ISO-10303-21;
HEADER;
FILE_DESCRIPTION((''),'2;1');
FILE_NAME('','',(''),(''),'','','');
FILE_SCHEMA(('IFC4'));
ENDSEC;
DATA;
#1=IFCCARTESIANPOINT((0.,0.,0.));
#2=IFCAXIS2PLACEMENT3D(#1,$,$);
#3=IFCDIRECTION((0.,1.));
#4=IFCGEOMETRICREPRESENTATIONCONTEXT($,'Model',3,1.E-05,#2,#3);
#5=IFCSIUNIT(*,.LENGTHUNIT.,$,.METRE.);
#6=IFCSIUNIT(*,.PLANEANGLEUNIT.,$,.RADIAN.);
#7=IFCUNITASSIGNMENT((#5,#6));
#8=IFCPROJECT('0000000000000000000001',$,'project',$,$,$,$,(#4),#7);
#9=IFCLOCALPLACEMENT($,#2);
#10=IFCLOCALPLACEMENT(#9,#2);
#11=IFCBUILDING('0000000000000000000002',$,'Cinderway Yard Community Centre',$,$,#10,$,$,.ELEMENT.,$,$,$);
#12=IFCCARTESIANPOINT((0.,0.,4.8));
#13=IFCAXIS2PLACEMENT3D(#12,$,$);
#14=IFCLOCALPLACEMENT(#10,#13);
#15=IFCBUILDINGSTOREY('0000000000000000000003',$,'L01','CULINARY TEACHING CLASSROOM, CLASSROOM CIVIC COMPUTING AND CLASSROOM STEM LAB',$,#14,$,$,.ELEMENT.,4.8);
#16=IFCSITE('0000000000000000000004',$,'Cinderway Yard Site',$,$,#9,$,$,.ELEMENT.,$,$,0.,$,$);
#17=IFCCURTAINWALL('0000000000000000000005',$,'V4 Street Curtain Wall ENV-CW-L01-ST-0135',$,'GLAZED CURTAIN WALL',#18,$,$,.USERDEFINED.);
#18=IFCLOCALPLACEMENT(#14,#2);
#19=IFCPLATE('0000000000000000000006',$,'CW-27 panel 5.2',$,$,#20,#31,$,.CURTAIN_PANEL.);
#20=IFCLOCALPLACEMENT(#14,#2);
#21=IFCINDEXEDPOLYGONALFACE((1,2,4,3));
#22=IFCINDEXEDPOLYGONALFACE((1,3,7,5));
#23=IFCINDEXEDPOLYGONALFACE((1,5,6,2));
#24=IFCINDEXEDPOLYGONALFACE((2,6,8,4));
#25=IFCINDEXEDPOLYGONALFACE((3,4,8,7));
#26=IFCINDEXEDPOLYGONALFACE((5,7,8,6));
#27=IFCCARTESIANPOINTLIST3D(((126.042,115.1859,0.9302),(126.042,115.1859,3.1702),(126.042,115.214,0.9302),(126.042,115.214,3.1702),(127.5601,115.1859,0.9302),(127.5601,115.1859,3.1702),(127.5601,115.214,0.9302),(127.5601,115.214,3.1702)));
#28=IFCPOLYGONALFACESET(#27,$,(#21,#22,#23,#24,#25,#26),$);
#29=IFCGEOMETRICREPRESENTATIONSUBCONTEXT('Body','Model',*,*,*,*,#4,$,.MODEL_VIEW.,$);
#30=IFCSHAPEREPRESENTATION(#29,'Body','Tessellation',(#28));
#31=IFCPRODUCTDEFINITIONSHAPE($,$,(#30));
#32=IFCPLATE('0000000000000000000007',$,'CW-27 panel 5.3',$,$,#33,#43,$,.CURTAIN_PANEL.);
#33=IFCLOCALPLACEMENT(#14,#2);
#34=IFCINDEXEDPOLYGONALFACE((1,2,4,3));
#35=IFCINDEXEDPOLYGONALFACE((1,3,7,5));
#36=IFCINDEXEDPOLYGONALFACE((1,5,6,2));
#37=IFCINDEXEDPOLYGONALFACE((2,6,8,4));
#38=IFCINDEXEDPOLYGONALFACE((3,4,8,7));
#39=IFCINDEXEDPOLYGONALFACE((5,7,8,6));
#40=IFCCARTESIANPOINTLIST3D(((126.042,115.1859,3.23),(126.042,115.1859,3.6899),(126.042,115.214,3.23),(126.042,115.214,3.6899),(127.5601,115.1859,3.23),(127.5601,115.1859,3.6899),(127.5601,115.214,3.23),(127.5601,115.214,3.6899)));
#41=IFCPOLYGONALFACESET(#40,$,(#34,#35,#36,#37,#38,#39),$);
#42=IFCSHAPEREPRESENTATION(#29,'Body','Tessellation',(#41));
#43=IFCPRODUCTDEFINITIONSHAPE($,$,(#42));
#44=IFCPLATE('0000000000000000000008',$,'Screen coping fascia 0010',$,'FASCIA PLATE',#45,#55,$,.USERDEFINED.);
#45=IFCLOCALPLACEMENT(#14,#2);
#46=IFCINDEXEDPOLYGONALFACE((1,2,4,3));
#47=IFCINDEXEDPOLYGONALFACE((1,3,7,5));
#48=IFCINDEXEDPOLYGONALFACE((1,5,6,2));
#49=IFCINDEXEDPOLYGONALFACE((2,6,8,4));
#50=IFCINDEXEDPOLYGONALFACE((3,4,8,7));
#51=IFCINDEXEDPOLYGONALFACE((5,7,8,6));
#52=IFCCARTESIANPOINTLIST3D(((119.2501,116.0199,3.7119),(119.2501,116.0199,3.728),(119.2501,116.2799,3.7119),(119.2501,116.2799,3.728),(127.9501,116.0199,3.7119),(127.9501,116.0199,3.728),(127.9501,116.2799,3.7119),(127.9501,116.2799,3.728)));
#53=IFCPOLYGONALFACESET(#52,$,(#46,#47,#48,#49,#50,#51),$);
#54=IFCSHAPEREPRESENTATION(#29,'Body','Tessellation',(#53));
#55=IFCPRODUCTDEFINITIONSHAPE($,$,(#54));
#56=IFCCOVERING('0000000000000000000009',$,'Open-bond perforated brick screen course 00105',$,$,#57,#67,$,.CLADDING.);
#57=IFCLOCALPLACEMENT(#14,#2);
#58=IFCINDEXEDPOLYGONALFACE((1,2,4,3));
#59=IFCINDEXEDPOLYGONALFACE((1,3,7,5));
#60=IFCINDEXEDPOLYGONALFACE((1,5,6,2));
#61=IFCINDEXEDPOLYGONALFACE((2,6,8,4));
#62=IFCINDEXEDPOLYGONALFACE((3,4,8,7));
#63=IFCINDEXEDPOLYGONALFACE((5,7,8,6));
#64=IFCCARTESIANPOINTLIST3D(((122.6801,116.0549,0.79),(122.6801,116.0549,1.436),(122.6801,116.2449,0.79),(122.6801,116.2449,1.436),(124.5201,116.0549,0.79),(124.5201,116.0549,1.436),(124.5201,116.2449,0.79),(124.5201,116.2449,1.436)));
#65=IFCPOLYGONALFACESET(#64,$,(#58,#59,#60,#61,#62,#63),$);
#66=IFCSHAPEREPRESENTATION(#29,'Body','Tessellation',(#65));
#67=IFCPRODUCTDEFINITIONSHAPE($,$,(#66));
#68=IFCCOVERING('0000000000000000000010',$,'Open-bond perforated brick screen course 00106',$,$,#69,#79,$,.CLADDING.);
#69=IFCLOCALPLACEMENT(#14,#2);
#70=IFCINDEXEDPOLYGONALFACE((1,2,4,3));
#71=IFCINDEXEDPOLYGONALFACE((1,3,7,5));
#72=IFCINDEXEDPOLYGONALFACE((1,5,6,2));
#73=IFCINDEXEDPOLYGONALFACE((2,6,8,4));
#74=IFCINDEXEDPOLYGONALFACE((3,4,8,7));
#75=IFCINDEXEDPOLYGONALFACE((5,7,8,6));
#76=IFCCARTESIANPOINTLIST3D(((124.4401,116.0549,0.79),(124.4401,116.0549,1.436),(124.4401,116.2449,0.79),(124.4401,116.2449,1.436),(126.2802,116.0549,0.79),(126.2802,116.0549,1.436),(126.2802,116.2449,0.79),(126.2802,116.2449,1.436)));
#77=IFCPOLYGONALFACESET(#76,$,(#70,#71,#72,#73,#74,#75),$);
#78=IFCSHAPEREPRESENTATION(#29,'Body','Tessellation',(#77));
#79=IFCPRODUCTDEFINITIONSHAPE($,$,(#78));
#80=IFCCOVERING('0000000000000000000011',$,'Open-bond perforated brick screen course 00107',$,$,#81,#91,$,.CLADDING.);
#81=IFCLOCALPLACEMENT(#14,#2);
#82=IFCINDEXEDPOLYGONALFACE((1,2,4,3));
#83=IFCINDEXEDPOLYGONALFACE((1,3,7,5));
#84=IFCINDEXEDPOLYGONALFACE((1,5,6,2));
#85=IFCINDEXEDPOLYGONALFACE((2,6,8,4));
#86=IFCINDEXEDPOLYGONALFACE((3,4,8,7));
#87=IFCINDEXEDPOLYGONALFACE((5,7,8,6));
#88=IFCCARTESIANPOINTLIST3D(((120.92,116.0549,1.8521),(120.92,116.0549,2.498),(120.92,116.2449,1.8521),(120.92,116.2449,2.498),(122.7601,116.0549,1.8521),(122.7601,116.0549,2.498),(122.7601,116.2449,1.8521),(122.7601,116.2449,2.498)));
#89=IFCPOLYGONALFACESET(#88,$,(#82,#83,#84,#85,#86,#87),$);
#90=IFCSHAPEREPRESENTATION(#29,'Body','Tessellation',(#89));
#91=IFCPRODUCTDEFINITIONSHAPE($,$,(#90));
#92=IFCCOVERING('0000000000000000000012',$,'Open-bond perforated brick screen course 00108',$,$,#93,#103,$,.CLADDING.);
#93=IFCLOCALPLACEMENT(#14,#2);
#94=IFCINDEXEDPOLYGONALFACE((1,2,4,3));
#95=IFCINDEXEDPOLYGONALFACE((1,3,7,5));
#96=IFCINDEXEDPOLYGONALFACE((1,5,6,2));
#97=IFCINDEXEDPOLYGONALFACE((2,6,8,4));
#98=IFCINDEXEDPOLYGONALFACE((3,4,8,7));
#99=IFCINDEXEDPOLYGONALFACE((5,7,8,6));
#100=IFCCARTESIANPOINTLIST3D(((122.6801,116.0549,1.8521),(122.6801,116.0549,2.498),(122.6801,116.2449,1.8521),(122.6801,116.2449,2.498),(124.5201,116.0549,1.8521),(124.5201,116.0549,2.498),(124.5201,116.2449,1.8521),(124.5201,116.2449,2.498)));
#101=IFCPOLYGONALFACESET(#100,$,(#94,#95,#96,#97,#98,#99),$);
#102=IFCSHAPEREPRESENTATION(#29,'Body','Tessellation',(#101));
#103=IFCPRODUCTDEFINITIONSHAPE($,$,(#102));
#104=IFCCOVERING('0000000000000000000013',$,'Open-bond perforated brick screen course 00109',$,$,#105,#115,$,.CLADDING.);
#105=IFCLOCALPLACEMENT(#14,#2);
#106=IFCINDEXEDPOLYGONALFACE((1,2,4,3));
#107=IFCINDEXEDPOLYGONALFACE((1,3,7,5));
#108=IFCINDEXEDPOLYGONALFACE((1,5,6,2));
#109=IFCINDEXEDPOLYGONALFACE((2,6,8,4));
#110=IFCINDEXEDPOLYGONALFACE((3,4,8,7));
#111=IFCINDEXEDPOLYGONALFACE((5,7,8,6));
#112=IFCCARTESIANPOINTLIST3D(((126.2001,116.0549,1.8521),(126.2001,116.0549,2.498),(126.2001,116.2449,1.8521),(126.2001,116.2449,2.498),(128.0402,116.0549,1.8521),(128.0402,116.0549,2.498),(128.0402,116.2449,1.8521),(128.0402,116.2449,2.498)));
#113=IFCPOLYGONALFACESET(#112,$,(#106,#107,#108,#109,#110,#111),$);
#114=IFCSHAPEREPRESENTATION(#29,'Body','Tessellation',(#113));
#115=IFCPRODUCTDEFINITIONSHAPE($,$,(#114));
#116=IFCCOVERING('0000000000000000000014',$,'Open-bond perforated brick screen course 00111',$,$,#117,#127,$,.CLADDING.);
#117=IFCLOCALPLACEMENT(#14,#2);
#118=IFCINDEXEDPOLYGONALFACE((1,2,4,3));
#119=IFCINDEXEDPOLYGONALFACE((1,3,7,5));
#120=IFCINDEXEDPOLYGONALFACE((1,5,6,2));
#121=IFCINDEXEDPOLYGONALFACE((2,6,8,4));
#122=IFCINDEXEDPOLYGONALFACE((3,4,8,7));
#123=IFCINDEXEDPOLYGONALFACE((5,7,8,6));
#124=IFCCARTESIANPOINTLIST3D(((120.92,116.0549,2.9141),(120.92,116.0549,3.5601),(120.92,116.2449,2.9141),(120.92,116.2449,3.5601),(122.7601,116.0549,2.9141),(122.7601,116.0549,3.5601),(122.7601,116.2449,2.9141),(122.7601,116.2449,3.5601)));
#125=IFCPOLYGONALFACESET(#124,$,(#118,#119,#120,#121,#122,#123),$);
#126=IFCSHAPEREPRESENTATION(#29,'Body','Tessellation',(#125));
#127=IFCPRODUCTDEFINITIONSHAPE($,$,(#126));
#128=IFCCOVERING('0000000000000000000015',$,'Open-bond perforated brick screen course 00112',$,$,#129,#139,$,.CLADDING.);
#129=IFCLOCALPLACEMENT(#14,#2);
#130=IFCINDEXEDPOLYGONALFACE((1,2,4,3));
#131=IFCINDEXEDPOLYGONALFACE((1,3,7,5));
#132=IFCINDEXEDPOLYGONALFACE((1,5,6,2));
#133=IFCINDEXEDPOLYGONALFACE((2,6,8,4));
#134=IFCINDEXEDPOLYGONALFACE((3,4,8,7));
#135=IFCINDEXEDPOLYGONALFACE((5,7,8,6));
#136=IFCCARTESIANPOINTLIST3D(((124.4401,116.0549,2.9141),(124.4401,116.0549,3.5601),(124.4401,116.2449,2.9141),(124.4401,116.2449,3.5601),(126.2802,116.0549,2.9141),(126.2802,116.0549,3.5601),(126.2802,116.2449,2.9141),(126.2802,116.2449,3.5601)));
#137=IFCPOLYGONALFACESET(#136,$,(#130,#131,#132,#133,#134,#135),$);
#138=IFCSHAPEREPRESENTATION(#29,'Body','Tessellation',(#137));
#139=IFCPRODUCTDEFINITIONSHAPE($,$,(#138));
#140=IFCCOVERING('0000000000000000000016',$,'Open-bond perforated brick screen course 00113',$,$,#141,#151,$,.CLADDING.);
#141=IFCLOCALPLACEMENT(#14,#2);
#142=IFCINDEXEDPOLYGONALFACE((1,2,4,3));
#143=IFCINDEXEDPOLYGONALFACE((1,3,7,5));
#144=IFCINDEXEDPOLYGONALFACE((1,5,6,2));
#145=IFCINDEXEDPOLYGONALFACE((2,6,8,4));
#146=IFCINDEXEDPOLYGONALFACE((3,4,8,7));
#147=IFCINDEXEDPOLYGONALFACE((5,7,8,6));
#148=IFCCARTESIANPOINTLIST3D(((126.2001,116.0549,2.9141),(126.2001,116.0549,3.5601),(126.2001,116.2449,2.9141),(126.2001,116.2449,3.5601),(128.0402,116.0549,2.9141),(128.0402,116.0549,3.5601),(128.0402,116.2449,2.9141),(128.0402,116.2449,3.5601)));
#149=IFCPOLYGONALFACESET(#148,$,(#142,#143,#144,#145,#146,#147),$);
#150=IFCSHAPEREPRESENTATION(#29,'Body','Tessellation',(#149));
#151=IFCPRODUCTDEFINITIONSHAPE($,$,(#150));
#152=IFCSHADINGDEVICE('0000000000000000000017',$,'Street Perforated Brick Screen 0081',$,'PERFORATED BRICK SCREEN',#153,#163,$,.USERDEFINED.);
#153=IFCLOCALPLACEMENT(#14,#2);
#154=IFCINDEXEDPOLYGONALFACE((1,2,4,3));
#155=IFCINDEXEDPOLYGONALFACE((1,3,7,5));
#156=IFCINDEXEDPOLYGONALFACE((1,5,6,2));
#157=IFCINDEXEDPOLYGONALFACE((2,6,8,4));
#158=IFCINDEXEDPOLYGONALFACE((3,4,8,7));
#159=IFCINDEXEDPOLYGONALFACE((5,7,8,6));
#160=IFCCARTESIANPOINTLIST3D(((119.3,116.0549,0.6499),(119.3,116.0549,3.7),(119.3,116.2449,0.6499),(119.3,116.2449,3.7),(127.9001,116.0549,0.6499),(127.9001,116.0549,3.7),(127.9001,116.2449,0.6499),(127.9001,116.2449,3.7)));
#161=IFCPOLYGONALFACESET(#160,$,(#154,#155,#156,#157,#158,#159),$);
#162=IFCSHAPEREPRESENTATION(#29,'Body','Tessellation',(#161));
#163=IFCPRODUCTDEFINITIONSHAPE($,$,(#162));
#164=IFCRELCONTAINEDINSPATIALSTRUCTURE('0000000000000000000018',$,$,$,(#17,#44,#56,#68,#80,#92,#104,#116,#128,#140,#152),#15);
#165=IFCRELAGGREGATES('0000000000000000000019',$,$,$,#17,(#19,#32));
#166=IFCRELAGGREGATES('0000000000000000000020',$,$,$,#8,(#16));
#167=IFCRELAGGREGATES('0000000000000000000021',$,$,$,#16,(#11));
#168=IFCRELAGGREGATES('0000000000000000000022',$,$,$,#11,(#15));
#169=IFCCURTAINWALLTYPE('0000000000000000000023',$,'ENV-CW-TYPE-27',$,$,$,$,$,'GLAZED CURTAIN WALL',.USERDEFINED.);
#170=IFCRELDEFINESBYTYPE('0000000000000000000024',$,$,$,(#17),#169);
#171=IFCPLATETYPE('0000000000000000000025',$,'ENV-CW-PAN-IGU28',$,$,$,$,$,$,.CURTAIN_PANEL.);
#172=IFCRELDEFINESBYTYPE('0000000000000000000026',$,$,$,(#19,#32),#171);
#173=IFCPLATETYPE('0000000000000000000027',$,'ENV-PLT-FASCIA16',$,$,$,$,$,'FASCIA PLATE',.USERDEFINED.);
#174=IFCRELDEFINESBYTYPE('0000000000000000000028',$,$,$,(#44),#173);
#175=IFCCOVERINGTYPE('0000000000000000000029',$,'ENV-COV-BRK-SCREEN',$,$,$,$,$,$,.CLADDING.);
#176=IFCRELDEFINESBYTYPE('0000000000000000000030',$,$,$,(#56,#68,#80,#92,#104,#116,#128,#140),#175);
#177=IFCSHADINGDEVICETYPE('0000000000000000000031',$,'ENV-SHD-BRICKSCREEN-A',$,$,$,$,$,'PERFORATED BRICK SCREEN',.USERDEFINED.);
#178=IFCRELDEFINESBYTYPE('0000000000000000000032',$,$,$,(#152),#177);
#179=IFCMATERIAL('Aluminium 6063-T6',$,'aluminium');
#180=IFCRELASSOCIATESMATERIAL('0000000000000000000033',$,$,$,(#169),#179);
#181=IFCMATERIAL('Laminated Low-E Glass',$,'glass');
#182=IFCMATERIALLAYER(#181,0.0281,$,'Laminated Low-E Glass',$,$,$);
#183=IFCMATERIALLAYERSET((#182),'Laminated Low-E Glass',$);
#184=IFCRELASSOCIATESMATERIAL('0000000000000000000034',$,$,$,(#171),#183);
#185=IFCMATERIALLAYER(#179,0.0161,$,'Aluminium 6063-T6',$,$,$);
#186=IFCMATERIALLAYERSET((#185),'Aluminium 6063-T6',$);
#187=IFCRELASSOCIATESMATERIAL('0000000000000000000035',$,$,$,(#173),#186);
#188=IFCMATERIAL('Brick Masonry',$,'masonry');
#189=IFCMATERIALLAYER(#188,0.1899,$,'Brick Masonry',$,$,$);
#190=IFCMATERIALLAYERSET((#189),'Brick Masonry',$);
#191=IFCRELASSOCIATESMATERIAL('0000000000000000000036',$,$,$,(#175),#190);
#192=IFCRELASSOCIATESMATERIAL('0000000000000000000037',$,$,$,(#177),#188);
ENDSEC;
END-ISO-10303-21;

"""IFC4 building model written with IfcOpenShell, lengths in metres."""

from ifc_helpers import new_model, si_unit, direction, frame, origin, origin_2d, place, context, subcontext, project, spatial, rectangle, extrude, material, layer, layer_set, type_object, element, aggregate, save


model = new_model("IFC4")

# Units and contexts
model_context = context("Model", 3, precision=1e-05, world=origin(), true_north=direction((0.0, 1.0)))
body_context = subcontext(model_context, "Body", "Model", "MODEL_VIEW")
ifc_project = project(units=[si_unit("LENGTHUNIT", "METRE"), si_unit("PLANEANGLEUNIT", "RADIAN")], contexts=[model_context])

# Site, building, storey
site_placement = place(None, origin())
site = spatial("IfcSite", under=ifc_project, at=site_placement, Name="Cinderway Yard Site", CompositionType="ELEMENT", RefElevation=0.0)
building_placement = place(site_placement, origin())
building = spatial("IfcBuilding", under=site, at=building_placement, Name="Cinderway Yard Community Centre", CompositionType="ELEMENT")
storey_placement = place(building_placement, frame((0.0, 0.0, 4.8)))
storey = spatial("IfcBuildingStorey", under=building, at=storey_placement, Name="L01", Description="CULINARY TEACHING CLASSROOM, CLASSROOM CIVIC COMPUTING AND CLASSROOM STEM LAB", CompositionType="ELEMENT", Elevation=4.8)

# Curtain wall
ifc_material_1 = material(Name="Aluminium 6063-T6", Category="aluminium")
curtain_wall_type = type_object("IfcCurtainWallType", Name="ENV-CW-TYPE-27", ElementType="GLAZED CURTAIN WALL", PredefinedType="USERDEFINED", material=ifc_material_1)
curtain_wall_placement = place(storey_placement, origin())
curtain_wall = element("IfcCurtainWall", 1, at=curtain_wall_placement, inside=storey, type_object=curtain_wall_type, Name="V4 Street Curtain Wall ENV-CW-L01-ST-0135", ObjectType="GLAZED CURTAIN WALL", PredefinedType="USERDEFINED")

# Plates
ifc_material_2 = material(Name="Laminated Low-E Glass", Category="glass")
ifc_layer_1 = layer(ifc_material_2, 0.0281, Name="Laminated Low-E Glass")
ifc_layer_set_1 = layer_set([ifc_layer_1], Name="Laminated Low-E Glass")
plate_type_1 = type_object("IfcPlateType", Name="ENV-CW-PAN-IGU28", PredefinedType="CURTAIN_PANEL", material=ifc_layer_set_1)
plate_1_placement = place(storey_placement, frame((126.801, 115.2, 0.9302), z_axis=(0.0, 0.0, 1.0), x_axis=(1.0, 0.0, 0.0)))
plate_1 = element("IfcPlate", 2, at=plate_1_placement, type_object=plate_type_1, Name="CW-27 panel 5.2", PredefinedType="CURTAIN_PANEL", context=body_context, shape_type="SweptSolid", body=[
    extrude(rectangle(XDim=1.5181, YDim=0.0281, at=origin_2d()), origin(), (0.0, 0.0, 1.0), 2.24),
])
plate_2_placement = place(storey_placement, frame((126.801, 115.2, 3.23), z_axis=(0.0, 0.0, 1.0), x_axis=(1.0, 0.0, 0.0)))
plate_2 = element("IfcPlate", 3, at=plate_2_placement, type_object=plate_type_1, Name="CW-27 panel 5.3", PredefinedType="CURTAIN_PANEL", context=body_context, shape_type="SweptSolid", body=[
    extrude(rectangle(XDim=1.5181, YDim=0.0281, at=origin_2d()), origin(), (0.0, 0.0, 1.0), 0.46),
])
aggregate(curtain_wall, [plate_1, plate_2])
ifc_layer_2 = layer(ifc_material_1, 0.0161, Name="Aluminium 6063-T6")
ifc_layer_set_2 = layer_set([ifc_layer_2], Name="Aluminium 6063-T6")
plate_type_2 = type_object("IfcPlateType", Name="ENV-PLT-FASCIA16", ElementType="FASCIA PLATE", PredefinedType="USERDEFINED", material=ifc_layer_set_2)
plate_3_placement = place(storey_placement, frame((123.6001, 116.1499, 3.7119), z_axis=(0.0, 0.0, 1.0), x_axis=(1.0, 0.0, 0.0)))
element("IfcPlate", 4, at=plate_3_placement, inside=storey, type_object=plate_type_2, Name="Screen coping fascia 0010", ObjectType="FASCIA PLATE", PredefinedType="USERDEFINED", context=body_context, shape_type="SweptSolid", body=[
    extrude(rectangle(XDim=8.7, YDim=0.26, at=origin_2d()), origin(), (0.0, 0.0, 1.0), 0.0161),
])

# Coverings
ifc_material_3 = material(Name="Brick Masonry", Category="masonry")
ifc_layer_3 = layer(ifc_material_3, 0.1899, Name="Brick Masonry")
ifc_layer_set_3 = layer_set([ifc_layer_3], Name="Brick Masonry")
covering_type = type_object("IfcCoveringType", Name="ENV-COV-BRK-SCREEN", PredefinedType="CLADDING", material=ifc_layer_set_3)
for number, where, z_axis, x_axis, name in (
    (5, (123.6001, 116.1499, 0.79), (0.0, 0.0, 1.0), (1.0, 0.0, 0.0), "Open-bond perforated brick screen course 00105"),
    (6, (125.3601, 116.1499, 0.79), (0.0, 0.0, 1.0), (1.0, 0.0, 0.0), "Open-bond perforated brick screen course 00106"),
    (7, (121.8401, 116.1499, 1.8521), (0.0, 0.0, 1.0), (1.0, 0.0, 0.0), "Open-bond perforated brick screen course 00107"),
    (8, (123.6001, 116.1499, 1.8521), (0.0, 0.0, 1.0), (1.0, 0.0, 0.0), "Open-bond perforated brick screen course 00108"),
    (9, (127.1201, 116.1499, 1.8521), (0.0, 0.0, 1.0), (1.0, 0.0, 0.0), "Open-bond perforated brick screen course 00109"),
    (10, (121.8401, 116.1499, 2.9141), (0.0, 0.0, 1.0), (1.0, 0.0, 0.0), "Open-bond perforated brick screen course 00111"),
    (11, (125.3601, 116.1499, 2.9141), (0.0, 0.0, 1.0), (1.0, 0.0, 0.0), "Open-bond perforated brick screen course 00112"),
    (12, (127.1201, 116.1499, 2.9141), (0.0, 0.0, 1.0), (1.0, 0.0, 0.0), "Open-bond perforated brick screen course 00113"),
):
    element("IfcCovering", number, at=place(storey_placement, frame(where, z_axis=z_axis, x_axis=x_axis)), inside=storey, type_object=covering_type, Name=name, PredefinedType="CLADDING", context=body_context, shape_type="SweptSolid", body=[
        extrude(rectangle(XDim=1.8401, YDim=0.1899, at=origin_2d()), origin(), (0.0, 0.0, 1.0), 0.646),
    ])

# Shading device
shading_device_type = type_object("IfcShadingDeviceType", Name="ENV-SHD-BRICKSCREEN-A", ElementType="PERFORATED BRICK SCREEN", PredefinedType="USERDEFINED", material=ifc_material_3)
shading_device_placement = place(storey_placement, frame((123.6001, 116.1499, 0.6499), z_axis=(0.0, 0.0, 1.0), x_axis=(1.0, 0.0, 0.0)))
element("IfcShadingDevice", 13, at=shading_device_placement, inside=storey, type_object=shading_device_type, Name="Street Perforated Brick Screen 0081", ObjectType="PERFORATED BRICK SCREEN", PredefinedType="USERDEFINED", context=body_context, shape_type="SweptSolid", body=[
    extrude(rectangle(XDim=8.6001, YDim=0.1899, at=origin_2d()), origin(), (0.0, 0.0, 1.0), 3.05),
])

save(model, "model.ifc")
